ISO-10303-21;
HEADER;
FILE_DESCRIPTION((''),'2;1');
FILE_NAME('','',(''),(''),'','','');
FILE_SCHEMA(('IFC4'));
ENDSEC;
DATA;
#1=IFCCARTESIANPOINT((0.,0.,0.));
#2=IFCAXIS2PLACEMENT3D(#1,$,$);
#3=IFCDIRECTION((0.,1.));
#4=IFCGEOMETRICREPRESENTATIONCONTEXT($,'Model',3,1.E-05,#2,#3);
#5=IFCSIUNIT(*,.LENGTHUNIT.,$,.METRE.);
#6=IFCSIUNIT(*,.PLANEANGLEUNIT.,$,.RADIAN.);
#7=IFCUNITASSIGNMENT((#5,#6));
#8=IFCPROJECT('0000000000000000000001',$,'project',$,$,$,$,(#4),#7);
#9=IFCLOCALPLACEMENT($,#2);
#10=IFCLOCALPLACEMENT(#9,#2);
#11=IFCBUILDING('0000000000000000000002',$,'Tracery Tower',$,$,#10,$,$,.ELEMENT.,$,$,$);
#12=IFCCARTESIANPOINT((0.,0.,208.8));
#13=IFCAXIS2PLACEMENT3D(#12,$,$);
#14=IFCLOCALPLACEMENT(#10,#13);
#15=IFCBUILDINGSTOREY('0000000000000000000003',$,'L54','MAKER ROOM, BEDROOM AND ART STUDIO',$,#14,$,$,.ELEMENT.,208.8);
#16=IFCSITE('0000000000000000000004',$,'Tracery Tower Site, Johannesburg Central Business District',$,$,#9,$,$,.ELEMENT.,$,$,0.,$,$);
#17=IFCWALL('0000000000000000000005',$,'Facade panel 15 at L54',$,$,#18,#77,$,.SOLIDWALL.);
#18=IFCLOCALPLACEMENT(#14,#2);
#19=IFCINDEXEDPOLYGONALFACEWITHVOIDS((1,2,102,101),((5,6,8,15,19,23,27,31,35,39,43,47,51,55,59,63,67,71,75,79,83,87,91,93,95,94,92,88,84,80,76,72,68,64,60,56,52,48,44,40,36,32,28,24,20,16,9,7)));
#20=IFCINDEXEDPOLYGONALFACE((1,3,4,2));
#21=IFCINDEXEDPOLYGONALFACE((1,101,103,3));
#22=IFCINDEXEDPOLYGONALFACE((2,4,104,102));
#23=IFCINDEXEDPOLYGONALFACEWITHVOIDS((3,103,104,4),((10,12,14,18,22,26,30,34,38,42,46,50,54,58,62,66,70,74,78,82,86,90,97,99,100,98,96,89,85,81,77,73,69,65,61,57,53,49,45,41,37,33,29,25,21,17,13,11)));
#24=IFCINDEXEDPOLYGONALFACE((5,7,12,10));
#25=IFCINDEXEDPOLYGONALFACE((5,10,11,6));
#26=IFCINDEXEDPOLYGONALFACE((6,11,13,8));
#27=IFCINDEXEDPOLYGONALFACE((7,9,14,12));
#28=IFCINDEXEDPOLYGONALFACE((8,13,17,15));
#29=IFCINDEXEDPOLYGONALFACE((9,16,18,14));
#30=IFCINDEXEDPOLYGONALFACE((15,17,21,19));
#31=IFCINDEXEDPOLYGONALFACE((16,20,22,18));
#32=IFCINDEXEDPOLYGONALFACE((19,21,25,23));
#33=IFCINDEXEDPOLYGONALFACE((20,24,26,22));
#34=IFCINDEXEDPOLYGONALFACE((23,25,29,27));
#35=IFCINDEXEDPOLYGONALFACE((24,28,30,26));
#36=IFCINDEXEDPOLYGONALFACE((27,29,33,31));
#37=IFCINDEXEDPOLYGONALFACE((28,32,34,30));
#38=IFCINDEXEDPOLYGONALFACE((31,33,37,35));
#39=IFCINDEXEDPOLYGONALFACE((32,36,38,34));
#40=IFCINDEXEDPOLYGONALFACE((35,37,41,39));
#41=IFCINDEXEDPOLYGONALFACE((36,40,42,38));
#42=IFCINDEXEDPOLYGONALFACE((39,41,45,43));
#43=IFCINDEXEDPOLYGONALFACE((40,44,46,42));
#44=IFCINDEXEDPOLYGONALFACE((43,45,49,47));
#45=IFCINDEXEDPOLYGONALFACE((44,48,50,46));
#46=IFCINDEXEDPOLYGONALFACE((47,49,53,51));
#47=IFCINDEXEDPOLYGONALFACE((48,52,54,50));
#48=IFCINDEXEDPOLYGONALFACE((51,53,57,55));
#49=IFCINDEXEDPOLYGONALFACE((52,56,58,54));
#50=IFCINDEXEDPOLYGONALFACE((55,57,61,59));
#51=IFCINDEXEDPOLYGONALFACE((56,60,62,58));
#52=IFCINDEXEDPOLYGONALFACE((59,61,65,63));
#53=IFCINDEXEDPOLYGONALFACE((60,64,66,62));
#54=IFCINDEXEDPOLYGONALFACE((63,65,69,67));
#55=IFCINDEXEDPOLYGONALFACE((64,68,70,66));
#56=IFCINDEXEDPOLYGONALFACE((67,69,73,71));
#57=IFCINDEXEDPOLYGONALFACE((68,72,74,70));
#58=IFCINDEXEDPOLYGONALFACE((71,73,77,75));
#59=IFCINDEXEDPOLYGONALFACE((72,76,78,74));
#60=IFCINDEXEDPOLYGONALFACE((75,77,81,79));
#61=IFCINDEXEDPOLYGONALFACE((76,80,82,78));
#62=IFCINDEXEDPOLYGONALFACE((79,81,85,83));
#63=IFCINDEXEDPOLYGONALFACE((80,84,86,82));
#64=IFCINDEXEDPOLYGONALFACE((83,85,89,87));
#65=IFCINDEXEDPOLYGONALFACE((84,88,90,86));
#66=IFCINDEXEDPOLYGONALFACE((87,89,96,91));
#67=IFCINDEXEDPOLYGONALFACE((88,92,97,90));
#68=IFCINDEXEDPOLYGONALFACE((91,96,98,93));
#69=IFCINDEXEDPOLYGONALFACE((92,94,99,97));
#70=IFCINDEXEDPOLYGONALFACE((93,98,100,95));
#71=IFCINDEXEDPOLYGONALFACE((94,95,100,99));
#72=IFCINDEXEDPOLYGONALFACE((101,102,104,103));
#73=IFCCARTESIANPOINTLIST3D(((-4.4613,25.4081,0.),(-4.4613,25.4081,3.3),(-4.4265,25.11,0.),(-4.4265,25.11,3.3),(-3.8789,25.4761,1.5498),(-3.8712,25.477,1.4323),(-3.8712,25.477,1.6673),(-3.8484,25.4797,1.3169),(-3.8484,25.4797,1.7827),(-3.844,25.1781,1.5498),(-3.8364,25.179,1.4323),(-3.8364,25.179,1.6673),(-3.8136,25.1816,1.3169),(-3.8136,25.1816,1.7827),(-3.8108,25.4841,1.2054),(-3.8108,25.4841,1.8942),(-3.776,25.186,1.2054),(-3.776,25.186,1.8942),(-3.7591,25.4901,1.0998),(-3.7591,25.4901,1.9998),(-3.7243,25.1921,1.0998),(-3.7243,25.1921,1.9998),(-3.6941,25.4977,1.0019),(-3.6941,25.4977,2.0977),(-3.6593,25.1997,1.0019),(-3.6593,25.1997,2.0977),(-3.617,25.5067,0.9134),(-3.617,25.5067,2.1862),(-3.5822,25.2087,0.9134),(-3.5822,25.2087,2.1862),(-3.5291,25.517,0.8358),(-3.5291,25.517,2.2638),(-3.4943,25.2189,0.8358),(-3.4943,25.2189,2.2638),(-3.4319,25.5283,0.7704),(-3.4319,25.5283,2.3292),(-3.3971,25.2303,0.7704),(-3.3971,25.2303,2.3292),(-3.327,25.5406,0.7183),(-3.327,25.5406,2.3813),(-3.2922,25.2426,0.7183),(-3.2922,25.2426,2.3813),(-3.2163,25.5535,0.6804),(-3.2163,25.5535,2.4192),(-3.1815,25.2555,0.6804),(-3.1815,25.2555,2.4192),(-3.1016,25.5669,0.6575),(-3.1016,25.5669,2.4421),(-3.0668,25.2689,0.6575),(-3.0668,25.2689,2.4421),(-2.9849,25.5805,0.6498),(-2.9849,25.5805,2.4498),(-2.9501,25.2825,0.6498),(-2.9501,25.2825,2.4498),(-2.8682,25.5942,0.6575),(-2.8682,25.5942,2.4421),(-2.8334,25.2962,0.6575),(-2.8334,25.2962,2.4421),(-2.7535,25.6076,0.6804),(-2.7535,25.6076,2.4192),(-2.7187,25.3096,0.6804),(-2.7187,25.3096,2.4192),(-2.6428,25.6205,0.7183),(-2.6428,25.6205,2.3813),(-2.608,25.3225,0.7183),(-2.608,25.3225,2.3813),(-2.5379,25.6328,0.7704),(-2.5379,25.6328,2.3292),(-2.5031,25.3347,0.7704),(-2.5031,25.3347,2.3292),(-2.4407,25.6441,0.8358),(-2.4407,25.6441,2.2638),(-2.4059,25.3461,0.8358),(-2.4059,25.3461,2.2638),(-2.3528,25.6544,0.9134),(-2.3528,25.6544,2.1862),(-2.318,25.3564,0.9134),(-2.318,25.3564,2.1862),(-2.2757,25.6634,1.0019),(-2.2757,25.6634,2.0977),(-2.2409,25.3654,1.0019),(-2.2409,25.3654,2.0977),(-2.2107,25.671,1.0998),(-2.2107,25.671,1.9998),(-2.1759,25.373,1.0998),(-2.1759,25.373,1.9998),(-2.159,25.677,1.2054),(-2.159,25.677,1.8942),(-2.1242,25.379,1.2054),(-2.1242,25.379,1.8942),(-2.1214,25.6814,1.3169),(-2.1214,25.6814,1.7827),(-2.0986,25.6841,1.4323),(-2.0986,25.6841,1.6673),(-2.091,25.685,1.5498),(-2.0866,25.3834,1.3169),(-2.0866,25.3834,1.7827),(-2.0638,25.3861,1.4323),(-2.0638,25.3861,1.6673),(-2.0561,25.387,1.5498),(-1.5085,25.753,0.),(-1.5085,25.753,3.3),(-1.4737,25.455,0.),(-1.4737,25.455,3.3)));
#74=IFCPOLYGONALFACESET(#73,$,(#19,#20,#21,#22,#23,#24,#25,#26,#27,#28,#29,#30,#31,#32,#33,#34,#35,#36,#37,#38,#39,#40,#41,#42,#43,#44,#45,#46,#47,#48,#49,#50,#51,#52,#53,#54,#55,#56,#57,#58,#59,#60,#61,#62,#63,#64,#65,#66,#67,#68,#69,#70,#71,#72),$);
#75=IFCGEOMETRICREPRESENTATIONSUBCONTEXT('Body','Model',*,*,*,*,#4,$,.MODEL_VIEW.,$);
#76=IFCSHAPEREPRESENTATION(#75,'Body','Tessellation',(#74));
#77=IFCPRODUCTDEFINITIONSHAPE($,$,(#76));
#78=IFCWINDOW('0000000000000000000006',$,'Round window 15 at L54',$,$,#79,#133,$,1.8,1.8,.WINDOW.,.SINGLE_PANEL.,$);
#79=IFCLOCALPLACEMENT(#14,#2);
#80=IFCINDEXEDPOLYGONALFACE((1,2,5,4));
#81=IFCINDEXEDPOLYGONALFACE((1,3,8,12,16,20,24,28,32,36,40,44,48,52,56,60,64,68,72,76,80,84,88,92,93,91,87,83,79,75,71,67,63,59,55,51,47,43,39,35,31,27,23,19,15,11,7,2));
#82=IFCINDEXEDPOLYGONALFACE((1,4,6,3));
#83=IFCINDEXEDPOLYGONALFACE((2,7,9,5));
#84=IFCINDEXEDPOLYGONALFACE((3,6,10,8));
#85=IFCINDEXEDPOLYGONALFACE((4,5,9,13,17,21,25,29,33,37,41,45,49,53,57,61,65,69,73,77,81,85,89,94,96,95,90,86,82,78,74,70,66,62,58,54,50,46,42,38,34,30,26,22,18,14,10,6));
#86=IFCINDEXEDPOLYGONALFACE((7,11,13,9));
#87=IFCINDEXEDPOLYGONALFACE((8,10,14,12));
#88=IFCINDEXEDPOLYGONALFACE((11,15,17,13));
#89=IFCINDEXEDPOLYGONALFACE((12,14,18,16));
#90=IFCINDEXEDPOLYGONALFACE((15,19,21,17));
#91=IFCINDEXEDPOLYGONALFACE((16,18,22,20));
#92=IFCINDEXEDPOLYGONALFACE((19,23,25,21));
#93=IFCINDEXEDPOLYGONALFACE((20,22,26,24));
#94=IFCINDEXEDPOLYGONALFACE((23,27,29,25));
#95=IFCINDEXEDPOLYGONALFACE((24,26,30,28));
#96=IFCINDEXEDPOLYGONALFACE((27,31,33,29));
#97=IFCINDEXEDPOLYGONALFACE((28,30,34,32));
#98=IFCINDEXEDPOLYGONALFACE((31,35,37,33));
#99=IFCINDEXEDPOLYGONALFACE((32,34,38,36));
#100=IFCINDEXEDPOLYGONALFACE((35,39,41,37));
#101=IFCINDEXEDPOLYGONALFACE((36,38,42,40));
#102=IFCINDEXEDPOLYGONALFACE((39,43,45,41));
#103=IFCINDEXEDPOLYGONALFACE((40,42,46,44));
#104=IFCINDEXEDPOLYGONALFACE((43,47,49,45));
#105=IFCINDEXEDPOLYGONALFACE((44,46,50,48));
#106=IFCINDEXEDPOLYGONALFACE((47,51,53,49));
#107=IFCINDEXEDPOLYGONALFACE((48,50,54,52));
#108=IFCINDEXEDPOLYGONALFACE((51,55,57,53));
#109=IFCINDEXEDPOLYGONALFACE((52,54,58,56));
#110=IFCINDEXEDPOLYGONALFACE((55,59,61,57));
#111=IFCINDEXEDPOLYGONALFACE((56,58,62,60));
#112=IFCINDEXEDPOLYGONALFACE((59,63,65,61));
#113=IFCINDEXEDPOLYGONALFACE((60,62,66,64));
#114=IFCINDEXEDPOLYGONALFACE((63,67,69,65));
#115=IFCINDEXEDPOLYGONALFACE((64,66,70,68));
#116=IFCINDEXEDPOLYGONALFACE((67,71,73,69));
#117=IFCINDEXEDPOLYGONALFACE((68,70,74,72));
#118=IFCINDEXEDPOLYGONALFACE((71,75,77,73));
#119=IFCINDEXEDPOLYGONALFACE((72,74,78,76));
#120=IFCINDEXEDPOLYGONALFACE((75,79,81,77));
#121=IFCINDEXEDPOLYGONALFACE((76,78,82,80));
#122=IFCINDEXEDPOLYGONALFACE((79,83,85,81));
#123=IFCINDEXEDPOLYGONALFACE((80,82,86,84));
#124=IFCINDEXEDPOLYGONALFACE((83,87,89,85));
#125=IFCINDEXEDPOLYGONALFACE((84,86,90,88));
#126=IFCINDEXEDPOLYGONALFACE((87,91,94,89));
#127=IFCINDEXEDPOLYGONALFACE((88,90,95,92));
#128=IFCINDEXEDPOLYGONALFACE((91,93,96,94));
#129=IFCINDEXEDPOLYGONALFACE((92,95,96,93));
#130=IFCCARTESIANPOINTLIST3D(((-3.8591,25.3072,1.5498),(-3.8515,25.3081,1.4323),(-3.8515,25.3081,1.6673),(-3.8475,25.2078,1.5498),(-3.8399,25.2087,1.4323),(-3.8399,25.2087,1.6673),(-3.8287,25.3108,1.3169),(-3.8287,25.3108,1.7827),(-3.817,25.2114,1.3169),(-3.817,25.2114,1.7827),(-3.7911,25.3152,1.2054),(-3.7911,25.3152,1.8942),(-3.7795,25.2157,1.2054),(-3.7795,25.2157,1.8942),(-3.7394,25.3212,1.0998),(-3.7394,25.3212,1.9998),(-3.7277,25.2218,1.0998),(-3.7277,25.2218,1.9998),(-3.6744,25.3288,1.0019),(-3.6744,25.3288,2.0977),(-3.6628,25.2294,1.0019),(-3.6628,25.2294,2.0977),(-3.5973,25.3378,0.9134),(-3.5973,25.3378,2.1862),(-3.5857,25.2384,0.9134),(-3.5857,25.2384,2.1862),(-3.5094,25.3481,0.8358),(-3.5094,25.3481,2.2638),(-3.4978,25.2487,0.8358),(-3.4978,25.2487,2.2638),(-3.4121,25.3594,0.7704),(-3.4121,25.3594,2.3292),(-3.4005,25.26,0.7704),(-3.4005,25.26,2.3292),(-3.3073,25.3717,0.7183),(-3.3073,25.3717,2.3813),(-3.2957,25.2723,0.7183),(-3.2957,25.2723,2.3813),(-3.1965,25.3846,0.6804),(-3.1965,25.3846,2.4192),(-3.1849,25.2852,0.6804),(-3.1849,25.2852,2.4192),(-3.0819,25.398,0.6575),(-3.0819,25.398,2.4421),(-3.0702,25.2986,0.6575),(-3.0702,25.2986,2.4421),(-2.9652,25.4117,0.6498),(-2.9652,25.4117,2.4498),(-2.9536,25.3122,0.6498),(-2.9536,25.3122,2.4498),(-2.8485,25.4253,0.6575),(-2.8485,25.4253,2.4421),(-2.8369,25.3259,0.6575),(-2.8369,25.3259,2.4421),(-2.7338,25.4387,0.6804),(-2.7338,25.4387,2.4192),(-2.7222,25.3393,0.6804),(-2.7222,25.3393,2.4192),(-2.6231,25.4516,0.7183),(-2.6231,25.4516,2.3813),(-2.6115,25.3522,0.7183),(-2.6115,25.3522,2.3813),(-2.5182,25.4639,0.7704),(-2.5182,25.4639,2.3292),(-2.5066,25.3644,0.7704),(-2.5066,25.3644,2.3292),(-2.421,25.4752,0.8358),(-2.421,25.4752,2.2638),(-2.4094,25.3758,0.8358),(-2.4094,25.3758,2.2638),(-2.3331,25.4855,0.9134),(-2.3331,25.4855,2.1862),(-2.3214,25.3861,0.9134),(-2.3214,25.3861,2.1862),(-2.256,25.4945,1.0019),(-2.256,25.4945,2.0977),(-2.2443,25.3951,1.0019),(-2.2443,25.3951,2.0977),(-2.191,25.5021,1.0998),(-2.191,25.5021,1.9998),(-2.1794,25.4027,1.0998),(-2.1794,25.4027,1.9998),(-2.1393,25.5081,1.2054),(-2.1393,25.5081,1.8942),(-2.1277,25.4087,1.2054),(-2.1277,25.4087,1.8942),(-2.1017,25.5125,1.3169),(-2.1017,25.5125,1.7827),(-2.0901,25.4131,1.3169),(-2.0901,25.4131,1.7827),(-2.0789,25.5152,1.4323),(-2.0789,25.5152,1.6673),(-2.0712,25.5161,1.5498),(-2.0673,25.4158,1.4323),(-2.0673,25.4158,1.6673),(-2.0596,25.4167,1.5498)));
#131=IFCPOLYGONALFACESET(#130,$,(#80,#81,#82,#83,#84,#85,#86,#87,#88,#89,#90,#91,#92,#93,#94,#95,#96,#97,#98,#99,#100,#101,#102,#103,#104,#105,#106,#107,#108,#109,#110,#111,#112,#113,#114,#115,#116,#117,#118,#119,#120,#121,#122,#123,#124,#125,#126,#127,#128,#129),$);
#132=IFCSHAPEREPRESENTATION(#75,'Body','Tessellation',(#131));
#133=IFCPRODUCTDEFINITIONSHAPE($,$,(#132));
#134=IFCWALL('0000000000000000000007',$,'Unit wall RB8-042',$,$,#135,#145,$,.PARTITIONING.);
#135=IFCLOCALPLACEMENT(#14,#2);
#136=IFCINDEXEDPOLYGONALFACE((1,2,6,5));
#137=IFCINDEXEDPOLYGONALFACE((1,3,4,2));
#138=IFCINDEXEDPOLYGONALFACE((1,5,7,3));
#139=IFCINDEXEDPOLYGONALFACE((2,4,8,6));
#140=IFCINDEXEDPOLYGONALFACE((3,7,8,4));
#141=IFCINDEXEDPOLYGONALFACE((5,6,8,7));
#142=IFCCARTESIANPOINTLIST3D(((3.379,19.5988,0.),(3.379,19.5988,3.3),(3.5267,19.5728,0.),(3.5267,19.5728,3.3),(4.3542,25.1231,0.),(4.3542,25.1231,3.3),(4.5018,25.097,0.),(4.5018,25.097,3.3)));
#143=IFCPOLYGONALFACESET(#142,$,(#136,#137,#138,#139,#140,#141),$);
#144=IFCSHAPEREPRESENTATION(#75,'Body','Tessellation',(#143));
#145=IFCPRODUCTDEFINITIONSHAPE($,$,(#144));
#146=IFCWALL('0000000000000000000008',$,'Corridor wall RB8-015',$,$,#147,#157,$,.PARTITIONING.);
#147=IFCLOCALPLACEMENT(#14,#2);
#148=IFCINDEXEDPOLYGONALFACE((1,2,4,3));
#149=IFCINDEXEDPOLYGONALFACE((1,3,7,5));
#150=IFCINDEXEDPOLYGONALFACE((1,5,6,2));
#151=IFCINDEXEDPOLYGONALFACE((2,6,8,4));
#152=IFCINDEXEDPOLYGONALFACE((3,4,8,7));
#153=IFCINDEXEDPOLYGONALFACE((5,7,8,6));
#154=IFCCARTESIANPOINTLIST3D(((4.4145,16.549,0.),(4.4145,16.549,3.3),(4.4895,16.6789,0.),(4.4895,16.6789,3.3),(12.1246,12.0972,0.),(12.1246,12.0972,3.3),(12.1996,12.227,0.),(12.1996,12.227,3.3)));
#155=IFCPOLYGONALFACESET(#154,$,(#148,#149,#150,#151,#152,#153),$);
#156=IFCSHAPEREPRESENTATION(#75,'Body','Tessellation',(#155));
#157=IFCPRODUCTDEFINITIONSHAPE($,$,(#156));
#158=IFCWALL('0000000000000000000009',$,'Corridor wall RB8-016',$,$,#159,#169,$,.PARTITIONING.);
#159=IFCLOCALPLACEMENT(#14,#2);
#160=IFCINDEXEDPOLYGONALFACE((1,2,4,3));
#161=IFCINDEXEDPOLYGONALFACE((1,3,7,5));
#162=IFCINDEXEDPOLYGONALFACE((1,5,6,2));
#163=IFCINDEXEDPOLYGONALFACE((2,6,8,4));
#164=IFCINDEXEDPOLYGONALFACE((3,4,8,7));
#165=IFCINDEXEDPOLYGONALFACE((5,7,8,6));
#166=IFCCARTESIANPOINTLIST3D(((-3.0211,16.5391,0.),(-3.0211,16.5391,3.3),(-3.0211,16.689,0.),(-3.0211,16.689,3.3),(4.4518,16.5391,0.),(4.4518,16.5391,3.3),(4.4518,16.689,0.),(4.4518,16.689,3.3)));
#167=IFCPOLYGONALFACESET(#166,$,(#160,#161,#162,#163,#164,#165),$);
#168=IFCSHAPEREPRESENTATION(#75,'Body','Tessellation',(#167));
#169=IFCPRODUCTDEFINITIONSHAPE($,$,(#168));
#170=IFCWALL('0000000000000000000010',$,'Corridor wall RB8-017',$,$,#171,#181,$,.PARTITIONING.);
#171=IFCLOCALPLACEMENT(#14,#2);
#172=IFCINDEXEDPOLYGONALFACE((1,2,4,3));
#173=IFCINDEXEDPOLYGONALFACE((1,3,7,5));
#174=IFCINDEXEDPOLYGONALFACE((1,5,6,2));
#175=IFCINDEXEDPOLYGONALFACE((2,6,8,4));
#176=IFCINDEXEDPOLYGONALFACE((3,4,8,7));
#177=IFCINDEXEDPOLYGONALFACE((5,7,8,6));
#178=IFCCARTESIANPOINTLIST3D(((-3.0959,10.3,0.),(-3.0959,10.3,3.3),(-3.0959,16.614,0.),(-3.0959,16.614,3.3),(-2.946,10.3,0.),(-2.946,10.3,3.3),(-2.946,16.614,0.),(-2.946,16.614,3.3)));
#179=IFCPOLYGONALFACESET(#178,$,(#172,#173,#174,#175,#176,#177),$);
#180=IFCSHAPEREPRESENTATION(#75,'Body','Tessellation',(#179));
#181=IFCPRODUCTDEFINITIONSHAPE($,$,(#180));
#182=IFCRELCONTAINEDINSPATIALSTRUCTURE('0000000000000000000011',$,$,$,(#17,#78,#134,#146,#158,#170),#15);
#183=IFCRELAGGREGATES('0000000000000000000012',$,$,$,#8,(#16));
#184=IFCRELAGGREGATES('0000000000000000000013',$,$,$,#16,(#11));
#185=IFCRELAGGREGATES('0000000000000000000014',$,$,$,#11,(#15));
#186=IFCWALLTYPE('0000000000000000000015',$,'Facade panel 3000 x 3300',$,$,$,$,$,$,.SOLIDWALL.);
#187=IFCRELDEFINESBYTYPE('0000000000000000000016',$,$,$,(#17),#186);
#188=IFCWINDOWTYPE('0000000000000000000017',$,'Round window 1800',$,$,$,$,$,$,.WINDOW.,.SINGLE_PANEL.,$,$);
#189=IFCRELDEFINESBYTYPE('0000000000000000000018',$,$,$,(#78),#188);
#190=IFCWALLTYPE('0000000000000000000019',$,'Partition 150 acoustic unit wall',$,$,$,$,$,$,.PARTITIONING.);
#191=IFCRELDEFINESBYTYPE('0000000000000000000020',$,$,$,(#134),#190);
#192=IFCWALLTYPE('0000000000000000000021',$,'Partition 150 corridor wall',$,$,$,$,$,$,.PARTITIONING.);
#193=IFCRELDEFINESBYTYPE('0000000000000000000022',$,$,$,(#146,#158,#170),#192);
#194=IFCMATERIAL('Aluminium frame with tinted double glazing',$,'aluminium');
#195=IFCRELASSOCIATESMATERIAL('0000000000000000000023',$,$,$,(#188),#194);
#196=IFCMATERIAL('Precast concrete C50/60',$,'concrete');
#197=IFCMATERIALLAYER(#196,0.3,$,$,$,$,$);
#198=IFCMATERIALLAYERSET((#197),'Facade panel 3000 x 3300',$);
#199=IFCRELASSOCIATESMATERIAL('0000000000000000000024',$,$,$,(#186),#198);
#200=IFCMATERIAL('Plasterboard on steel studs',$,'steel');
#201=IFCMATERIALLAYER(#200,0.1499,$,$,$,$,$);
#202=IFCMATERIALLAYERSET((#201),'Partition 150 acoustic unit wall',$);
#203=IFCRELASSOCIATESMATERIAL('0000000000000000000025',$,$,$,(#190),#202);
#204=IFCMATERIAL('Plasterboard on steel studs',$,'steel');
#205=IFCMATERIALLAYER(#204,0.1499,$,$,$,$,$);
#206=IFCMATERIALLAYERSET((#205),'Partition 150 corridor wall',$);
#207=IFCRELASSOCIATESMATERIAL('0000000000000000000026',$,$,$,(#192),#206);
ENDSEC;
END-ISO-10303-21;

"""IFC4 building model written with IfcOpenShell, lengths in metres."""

from ifc_helpers import new_model, si_unit, direction, frame, frame_2d, origin, origin_2d, place, context, subcontext, project, spatial, rectangle, circle, extrude, material, layer, layer_set, type_object, element, fill, save


model = new_model("IFC4")

# Units and contexts
model_context = context("Model", 3, precision=1e-05, world=origin(), true_north=direction((0.0, 1.0)))
body_context = subcontext(model_context, "Body", "Model", "MODEL_VIEW")
ifc_project = project(units=[si_unit("LENGTHUNIT", "METRE"), si_unit("PLANEANGLEUNIT", "RADIAN")], contexts=[model_context])

# Site, building, storey
site_placement = place(None, origin())
site = spatial("IfcSite", under=ifc_project, at=site_placement, Name="Tracery Tower Site, Johannesburg Central Business District", CompositionType="ELEMENT", RefElevation=0.0)
building_placement = place(site_placement, origin())
building = spatial("IfcBuilding", under=site, at=building_placement, Name="Tracery Tower", CompositionType="ELEMENT")
storey_placement = place(building_placement, frame((0.0, 0.0, 208.8)))
storey = spatial("IfcBuildingStorey", under=building, at=storey_placement, Name="L54", Description="MAKER ROOM, BEDROOM AND ART STUDIO", CompositionType="ELEMENT", Elevation=208.8)

# Wall, opening, window
ifc_material_1 = material(Name="Aluminium frame with tinted double glazing", Category="aluminium")
window_type = type_object("IfcWindowType", Name="Round window 1800", PartitioningType="SINGLE_PANEL", PredefinedType="WINDOW", material=ifc_material_1)
ifc_material_2 = material(Name="Precast concrete C50/60", Category="concrete")
ifc_layer_1 = layer(ifc_material_2, 0.3)
ifc_layer_set_1 = layer_set([ifc_layer_1], Name="Facade panel 3000 x 3300")
wall_type_1 = type_object("IfcWallType", Name="Facade panel 3000 x 3300", PredefinedType="SOLIDWALL", material=ifc_layer_set_1)
wall_1_placement = place(storey_placement, frame((-1.4912, 25.604, 0.0), z_axis=(0.0, 0.0, 1.0), x_axis=(-0.993245, -0.116036, 0.0)))
wall_1 = element("IfcWall", 1, at=wall_1_placement, inside=storey, type_object=wall_type_1, Name="Facade panel 15 at L54", PredefinedType="SOLIDWALL", context=body_context, shape_type="SweptSolid", body=[
    extrude(rectangle(XDim=2.9729, YDim=0.3, at=frame_2d((1.4863, 0.0))), origin(), (0.0, 0.0, 1.0), 3.3),
])
opening_1_placement = place(wall_1_placement, frame((1.4863, 0.0, 1.5498)))
opening_1 = element("IfcOpeningElement", 2, at=opening_1_placement, cuts=wall_1, PredefinedType="OPENING", context=body_context, shape_type="SweptSolid", body=[
    extrude(circle(Radius=0.9, at=origin_2d()), frame((0.0, 0.1599, 0.0), z_axis=(0.0, -1.0, 0.0), x_axis=(1.0, 0.0, 0.0)), (0.0, 0.0, 1.0), 0.3201),
])
window_1_placement = place(opening_1_placement, origin())
window_1 = element("IfcWindow", 3, at=window_1_placement, inside=storey, type_object=window_type, Name="Round window 15 at L54", OverallHeight=1.8, OverallWidth=1.8, PartitioningType="SINGLE_PANEL", PredefinedType="WINDOW", context=body_context, shape_type="SweptSolid", body=[
    extrude(circle(Radius=0.9, at=origin_2d()), frame((0.0, 0.1201, 0.0), z_axis=(0.0, -1.0, 0.0), x_axis=(1.0, 0.0, 0.0)), (0.0, 0.0, 1.0), 0.1001),
])
fill(opening_1, window_1)

# Walls
ifc_material_3 = material(Name="Plasterboard on steel studs", Category="steel")
ifc_layer_2 = layer(ifc_material_3, 0.1499)
ifc_layer_set_2 = layer_set([ifc_layer_2], Name="Partition 150 acoustic unit wall")
wall_type_2 = type_object("IfcWallType", Name="Partition 150 acoustic unit wall", PredefinedType="PARTITIONING", material=ifc_layer_set_2)
wall_2_placement = place(storey_placement, frame((3.4529, 19.5859, 0.0), z_axis=(0.0, 0.0, 1.0), x_axis=(0.173828, 0.984776, 0.0)))
element("IfcWall", 4, at=wall_2_placement, inside=storey, type_object=wall_type_2, Name="Unit wall RB8-042", PredefinedType="PARTITIONING", context=body_context, shape_type="SweptSolid", body=[
    extrude(rectangle(XDim=5.6096, YDim=0.1499, at=frame_2d((2.8047, 0.0))), origin(), (0.0, 0.0, 1.0), 3.3),
])
ifc_material_4 = material(Name="Plasterboard on steel studs", Category="steel")
ifc_layer_3 = layer(ifc_material_4, 0.1499)
ifc_layer_set_3 = layer_set([ifc_layer_3], Name="Partition 150 corridor wall")
wall_type_3 = type_object("IfcWallType", Name="Partition 150 corridor wall", PredefinedType="PARTITIONING", material=ifc_layer_set_3)
wall_3_placement = place(storey_placement, frame((4.4519, 16.614, 0.0), z_axis=(0.0, 0.0, 1.0), x_axis=(0.866005, -0.500035, 0.0)))
element("IfcWall", 5, at=wall_3_placement, inside=storey, type_object=wall_type_3, Name="Corridor wall RB8-015", PredefinedType="PARTITIONING", context=body_context, shape_type="SweptSolid", body=[
    extrude(rectangle(XDim=8.9031, YDim=0.1499, at=frame_2d((4.4517, 0.0))), origin(), (0.0, 0.0, 1.0), 3.3),
])
wall_4_placement = place(storey_placement, frame((-3.021, 16.614, 0.0), z_axis=(0.0, 0.0, 1.0), x_axis=(1.0, 0.0, 0.0)))
element("IfcWall", 6, at=wall_4_placement, inside=storey, type_object=wall_type_3, Name="Corridor wall RB8-016", PredefinedType="PARTITIONING", context=body_context, shape_type="SweptSolid", body=[
    extrude(rectangle(XDim=7.4729, YDim=0.1499, at=frame_2d((3.7363, 0.0))), origin(), (0.0, 0.0, 1.0), 3.3),
])
wall_5_placement = place(storey_placement, frame((-3.021, 10.3, 0.0), z_axis=(0.0, 0.0, 1.0), x_axis=(0.0, 1.0, 0.0)))
element("IfcWall", 7, at=wall_5_placement, inside=storey, type_object=wall_type_3, Name="Corridor wall RB8-017", PredefinedType="PARTITIONING", context=body_context, shape_type="SweptSolid", body=[
    extrude(rectangle(XDim=6.314, YDim=0.1499, at=frame_2d((3.157, 0.0))), origin(), (0.0, 0.0, 1.0), 3.3),
])

save(model, "model.ifc")
